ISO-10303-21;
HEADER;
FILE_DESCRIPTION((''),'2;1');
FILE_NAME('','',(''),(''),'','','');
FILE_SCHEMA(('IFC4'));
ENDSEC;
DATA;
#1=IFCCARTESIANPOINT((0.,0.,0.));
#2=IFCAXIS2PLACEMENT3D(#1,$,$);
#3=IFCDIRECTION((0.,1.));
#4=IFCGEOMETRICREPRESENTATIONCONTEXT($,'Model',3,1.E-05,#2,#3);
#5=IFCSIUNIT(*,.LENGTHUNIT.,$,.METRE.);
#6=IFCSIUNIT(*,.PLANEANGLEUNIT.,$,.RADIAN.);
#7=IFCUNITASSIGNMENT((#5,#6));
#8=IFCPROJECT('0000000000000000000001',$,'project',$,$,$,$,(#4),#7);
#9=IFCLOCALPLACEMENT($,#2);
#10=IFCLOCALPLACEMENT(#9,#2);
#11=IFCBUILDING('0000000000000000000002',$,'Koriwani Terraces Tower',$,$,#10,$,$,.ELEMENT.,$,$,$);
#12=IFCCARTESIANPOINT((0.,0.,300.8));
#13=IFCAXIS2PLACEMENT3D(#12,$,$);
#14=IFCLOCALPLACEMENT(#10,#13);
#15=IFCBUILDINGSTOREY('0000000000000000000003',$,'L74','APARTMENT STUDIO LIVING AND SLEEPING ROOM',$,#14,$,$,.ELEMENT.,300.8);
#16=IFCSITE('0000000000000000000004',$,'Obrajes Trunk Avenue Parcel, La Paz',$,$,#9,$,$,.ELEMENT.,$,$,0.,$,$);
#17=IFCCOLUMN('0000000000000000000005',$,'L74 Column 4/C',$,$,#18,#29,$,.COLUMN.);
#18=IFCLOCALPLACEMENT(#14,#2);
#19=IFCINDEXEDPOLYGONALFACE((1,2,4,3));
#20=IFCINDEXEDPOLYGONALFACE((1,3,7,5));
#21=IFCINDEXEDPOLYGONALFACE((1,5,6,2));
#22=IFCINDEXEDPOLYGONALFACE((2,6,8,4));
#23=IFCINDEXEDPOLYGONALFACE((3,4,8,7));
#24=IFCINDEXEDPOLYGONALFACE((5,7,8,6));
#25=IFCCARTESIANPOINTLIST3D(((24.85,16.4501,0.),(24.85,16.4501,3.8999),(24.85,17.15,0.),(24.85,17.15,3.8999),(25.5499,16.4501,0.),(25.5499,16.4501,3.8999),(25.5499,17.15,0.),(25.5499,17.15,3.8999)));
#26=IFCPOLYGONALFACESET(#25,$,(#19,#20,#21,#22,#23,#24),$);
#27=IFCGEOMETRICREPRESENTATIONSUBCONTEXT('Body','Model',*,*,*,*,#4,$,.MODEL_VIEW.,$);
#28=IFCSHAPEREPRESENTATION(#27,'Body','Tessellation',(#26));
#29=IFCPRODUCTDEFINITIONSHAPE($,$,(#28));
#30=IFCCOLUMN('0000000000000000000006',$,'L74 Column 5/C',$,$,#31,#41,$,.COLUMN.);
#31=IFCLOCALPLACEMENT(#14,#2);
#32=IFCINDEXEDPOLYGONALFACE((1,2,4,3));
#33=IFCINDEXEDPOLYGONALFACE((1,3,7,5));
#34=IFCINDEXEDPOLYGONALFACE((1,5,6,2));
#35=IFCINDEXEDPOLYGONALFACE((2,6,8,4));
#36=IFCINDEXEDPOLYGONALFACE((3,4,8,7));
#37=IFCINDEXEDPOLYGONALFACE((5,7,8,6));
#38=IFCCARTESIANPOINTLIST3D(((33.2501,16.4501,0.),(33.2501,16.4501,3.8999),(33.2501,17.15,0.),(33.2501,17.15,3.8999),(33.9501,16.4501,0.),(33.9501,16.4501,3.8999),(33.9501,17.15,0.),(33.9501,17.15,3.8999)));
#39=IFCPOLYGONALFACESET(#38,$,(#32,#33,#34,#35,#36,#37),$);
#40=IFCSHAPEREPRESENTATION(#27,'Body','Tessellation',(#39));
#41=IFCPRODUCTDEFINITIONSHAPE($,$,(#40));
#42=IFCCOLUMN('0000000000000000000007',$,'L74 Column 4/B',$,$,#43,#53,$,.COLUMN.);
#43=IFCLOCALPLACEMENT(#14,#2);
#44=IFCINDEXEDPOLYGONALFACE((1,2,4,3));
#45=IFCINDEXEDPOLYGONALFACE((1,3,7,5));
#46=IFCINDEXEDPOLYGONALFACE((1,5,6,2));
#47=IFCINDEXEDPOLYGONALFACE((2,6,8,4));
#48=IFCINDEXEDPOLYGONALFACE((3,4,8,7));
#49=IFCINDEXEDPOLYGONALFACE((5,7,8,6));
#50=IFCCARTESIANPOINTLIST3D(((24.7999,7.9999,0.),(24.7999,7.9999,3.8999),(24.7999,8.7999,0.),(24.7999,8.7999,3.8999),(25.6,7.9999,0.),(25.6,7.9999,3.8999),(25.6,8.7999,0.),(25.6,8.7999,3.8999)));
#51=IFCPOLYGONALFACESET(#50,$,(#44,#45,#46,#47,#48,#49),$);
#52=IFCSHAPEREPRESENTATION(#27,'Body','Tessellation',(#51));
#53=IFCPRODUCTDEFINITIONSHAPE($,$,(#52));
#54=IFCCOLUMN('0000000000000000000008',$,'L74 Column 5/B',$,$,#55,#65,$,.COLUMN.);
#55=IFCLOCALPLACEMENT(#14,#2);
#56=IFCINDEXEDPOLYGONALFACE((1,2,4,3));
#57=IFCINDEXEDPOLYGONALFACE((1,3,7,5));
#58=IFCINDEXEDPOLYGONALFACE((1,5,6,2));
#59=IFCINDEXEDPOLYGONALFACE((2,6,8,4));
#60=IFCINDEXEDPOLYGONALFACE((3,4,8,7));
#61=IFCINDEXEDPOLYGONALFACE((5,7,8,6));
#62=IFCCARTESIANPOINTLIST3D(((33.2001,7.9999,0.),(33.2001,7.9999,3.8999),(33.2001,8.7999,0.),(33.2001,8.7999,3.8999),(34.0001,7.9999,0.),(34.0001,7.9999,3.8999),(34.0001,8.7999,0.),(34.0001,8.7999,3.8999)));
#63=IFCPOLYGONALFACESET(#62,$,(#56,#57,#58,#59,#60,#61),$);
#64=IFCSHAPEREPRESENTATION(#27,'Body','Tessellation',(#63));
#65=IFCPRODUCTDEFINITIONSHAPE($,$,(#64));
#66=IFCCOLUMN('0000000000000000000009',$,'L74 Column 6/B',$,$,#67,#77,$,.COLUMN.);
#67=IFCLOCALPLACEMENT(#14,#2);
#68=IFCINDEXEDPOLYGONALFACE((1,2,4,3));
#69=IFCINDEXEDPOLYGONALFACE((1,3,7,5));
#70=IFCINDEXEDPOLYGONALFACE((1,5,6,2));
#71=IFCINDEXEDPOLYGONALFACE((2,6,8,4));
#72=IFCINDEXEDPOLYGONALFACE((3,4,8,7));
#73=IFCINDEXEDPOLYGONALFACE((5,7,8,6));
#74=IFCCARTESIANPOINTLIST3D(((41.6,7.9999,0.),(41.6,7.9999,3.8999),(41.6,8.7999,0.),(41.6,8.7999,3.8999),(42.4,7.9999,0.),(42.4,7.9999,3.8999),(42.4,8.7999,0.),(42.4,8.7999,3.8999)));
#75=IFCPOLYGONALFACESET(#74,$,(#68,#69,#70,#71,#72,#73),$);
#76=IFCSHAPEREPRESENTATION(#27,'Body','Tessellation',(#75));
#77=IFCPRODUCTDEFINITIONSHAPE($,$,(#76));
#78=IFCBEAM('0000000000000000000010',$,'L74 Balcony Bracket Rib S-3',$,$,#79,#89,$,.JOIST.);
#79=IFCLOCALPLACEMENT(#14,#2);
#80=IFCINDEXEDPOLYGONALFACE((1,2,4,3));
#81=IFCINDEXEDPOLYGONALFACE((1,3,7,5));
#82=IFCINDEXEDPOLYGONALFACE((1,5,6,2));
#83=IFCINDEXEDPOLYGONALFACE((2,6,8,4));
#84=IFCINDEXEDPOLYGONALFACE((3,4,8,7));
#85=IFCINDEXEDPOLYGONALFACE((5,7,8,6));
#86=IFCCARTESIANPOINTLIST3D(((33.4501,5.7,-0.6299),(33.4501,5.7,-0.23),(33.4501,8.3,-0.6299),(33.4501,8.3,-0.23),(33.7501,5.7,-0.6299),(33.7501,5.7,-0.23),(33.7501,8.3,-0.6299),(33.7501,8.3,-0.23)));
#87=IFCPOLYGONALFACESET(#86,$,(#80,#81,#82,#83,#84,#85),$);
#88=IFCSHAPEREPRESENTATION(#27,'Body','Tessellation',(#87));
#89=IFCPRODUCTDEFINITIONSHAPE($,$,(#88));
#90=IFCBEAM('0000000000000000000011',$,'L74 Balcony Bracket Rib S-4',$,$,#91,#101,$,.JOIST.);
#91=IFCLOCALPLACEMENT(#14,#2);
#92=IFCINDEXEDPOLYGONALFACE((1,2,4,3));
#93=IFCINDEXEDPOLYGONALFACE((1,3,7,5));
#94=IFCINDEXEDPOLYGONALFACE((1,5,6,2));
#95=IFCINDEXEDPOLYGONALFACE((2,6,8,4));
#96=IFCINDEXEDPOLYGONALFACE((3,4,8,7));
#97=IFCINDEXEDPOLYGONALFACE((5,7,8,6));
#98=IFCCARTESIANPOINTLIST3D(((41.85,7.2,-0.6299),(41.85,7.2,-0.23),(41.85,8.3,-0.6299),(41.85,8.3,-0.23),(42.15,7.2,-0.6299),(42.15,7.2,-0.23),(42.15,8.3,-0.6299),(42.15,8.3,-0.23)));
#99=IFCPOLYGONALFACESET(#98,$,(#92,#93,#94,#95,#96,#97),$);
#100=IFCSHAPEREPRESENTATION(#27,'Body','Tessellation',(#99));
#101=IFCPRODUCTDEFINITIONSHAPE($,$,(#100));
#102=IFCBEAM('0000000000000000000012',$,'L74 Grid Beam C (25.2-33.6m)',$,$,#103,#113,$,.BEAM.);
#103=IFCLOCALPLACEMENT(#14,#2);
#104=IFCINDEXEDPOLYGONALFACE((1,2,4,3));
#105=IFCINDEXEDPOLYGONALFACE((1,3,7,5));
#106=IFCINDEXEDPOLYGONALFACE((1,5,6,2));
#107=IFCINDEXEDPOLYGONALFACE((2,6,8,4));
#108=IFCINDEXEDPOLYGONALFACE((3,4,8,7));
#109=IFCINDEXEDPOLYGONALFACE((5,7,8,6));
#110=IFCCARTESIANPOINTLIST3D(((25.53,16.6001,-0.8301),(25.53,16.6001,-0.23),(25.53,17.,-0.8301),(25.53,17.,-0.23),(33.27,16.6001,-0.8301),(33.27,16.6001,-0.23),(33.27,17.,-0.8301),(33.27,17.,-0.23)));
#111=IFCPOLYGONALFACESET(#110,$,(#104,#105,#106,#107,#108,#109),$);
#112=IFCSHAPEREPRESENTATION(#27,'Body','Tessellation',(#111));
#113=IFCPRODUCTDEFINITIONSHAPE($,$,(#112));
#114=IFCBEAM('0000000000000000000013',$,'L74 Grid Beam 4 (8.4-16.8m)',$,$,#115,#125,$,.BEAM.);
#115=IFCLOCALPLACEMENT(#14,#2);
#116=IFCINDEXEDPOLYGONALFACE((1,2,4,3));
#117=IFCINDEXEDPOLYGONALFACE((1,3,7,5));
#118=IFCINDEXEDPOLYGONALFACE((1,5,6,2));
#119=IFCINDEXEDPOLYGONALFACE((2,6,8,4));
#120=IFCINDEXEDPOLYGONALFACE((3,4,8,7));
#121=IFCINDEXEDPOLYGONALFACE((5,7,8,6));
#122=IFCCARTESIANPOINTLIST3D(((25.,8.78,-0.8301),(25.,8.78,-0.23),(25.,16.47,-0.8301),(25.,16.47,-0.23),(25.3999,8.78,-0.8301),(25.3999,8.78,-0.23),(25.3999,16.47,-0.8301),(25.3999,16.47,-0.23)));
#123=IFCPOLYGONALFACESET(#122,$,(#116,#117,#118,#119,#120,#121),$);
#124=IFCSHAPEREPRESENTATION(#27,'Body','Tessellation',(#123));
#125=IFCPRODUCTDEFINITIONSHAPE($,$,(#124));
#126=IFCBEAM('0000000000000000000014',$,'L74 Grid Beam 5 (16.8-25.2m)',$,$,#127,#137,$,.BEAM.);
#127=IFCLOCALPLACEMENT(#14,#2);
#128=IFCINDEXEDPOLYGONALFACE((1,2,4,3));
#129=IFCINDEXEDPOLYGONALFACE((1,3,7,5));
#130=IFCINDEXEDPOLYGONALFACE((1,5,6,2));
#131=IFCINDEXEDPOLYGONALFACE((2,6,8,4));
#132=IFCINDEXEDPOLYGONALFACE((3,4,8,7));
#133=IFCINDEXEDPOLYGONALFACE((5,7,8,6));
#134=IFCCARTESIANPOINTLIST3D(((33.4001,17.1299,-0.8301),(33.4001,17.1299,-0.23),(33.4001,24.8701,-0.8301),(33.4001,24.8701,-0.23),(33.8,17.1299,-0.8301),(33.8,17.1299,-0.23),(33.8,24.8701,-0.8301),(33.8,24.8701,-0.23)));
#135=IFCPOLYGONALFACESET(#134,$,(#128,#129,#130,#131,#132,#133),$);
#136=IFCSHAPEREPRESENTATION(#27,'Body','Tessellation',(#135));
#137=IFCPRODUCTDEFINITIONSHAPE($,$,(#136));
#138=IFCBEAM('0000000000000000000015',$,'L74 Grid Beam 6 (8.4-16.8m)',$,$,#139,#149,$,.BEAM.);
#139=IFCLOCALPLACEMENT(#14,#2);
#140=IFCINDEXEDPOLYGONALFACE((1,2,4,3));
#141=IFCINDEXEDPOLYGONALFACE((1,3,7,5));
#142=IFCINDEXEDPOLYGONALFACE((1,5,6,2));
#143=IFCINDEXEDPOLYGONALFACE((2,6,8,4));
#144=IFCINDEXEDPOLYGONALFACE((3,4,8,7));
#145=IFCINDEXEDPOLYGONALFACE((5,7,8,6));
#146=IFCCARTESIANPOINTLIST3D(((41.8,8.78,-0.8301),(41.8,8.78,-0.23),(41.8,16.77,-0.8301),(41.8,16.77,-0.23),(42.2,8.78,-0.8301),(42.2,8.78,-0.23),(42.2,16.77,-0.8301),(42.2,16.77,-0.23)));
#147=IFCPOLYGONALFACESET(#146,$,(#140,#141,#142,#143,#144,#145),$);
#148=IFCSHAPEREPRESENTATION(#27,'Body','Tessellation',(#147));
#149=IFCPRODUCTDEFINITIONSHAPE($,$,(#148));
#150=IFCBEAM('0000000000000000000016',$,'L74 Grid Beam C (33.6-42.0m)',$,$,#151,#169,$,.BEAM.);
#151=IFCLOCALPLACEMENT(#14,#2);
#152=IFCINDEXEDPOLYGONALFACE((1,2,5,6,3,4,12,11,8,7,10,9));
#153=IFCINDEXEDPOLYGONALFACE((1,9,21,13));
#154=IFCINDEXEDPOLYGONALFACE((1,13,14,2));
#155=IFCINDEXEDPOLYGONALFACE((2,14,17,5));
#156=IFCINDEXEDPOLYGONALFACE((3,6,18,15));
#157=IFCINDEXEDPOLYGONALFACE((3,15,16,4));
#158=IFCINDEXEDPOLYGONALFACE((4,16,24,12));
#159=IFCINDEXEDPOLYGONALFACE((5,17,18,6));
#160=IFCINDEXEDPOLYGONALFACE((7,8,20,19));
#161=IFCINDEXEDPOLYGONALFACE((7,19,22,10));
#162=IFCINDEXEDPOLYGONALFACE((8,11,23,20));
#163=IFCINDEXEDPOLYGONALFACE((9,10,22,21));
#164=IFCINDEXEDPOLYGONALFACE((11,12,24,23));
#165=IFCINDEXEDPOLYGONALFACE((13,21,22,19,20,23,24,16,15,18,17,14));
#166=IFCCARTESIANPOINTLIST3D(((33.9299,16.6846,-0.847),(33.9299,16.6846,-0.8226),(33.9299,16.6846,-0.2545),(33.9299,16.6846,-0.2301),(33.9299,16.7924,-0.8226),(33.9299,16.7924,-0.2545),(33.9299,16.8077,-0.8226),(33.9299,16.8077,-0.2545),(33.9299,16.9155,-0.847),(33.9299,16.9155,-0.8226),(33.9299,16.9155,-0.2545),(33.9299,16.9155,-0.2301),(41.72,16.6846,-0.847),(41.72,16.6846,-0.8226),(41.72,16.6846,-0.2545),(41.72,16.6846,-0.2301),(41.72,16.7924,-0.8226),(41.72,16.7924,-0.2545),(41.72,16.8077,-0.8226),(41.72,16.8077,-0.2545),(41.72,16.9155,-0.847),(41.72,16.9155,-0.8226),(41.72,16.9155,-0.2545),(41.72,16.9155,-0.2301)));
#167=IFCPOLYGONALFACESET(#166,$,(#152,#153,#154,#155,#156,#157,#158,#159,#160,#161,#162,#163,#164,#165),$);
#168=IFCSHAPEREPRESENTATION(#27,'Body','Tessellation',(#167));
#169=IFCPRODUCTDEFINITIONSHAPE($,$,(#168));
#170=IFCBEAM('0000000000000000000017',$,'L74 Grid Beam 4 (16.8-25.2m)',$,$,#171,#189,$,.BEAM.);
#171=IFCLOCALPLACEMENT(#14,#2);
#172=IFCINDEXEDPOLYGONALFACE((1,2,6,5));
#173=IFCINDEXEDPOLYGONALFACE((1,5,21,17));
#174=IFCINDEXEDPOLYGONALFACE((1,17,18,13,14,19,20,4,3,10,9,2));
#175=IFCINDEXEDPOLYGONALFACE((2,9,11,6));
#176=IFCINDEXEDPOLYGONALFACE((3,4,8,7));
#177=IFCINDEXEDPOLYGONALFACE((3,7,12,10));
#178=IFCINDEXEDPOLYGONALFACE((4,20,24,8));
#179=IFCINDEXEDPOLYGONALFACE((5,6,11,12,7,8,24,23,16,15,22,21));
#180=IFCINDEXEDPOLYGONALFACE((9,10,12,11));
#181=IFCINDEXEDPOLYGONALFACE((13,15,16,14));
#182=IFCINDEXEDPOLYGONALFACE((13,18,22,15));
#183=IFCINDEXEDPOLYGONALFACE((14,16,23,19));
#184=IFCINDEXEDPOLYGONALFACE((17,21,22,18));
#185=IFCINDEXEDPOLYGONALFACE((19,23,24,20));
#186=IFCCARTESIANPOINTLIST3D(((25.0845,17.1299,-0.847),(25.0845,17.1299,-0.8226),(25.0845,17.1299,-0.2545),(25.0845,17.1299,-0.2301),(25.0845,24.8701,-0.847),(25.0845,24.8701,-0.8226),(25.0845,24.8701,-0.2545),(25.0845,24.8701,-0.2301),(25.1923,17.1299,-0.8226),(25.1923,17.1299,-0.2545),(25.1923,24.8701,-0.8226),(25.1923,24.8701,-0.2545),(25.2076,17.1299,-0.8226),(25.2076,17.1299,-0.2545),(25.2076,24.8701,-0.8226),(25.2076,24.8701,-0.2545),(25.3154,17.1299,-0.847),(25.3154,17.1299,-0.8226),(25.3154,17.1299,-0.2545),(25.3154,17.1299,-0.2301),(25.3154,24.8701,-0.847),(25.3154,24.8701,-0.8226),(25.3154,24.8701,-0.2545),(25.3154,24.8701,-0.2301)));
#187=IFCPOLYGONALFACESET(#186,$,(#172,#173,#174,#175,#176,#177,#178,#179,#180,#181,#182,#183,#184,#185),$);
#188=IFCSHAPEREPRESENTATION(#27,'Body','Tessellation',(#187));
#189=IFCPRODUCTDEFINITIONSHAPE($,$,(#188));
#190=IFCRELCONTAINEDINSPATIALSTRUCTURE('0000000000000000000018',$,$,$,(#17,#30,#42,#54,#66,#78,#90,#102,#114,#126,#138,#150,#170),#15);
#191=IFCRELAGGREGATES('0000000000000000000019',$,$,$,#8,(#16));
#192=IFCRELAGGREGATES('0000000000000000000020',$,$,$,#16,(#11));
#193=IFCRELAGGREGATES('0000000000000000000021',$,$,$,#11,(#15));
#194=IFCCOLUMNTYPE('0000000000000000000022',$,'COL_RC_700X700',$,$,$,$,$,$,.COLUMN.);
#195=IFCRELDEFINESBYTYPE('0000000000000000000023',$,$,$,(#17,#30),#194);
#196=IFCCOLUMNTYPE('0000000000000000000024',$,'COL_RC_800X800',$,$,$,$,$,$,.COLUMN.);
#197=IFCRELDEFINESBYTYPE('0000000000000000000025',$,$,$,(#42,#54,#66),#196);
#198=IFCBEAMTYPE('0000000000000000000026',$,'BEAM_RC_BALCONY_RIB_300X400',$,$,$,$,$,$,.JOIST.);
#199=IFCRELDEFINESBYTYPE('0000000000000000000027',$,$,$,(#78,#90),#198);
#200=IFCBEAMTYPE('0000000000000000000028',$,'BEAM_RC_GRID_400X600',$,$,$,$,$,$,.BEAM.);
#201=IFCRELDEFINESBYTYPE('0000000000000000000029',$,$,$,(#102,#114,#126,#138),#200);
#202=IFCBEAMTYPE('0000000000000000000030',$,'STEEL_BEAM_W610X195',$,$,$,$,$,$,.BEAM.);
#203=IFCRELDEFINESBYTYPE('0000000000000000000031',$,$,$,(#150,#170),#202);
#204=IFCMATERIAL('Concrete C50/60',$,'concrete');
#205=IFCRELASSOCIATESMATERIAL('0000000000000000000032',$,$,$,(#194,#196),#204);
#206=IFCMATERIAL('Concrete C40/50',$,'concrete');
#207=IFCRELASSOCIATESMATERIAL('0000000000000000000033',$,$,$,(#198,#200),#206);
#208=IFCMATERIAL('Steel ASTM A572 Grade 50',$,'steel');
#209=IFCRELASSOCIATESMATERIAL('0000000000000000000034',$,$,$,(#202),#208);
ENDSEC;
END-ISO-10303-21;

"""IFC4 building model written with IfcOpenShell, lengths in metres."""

from ifc_helpers import new_model, si_unit, direction, frame, origin, origin_2d, place, context, subcontext, project, spatial, rectangle, i_section, extrude, material, material_profile, profile_set, type_object, element, save


model = new_model("IFC4")

# Units and contexts
model_context = context("Model", 3, precision=1e-05, world=origin(), true_north=direction((0.0, 1.0)))
body_context = subcontext(model_context, "Body", "Model", "MODEL_VIEW")
ifc_project = project(units=[si_unit("LENGTHUNIT", "METRE"), si_unit("PLANEANGLEUNIT", "RADIAN")], contexts=[model_context])

# Site, building, storey
site_placement = place(None, origin())
site = spatial("IfcSite", under=ifc_project, at=site_placement, Name="Obrajes Trunk Avenue Parcel, La Paz", CompositionType="ELEMENT", RefElevation=0.0)
building_placement = place(site_placement, origin())
building = spatial("IfcBuilding", under=site, at=building_placement, Name="Koriwani Terraces Tower", CompositionType="ELEMENT")
storey_placement = place(building_placement, frame((0.0, 0.0, 300.8)))
storey = spatial("IfcBuildingStorey", under=building, at=storey_placement, Name="L74", Description="APARTMENT STUDIO LIVING AND SLEEPING ROOM", CompositionType="ELEMENT", Elevation=300.8)

# Columns
ifc_material_1 = material(Name="Concrete C50/60", Category="concrete")
ifc_material_profile_1 = material_profile(ifc_material_1, rectangle(XDim=0.7, YDim=0.7, at=origin_2d()), Name="Concrete C50/60", Category="LoadBearing")
ifc_profile_set_1 = profile_set([ifc_material_profile_1], Name="Concrete C50/60")
column_type_1 = type_object("IfcColumnType", Name="COL_RC_700X700", PredefinedType="COLUMN", material=ifc_profile_set_1)
for number, where, z_axis, x_axis, name in (
    (1, (25.2, 16.8, 0.0), (0.0, 0.0, 1.0), (1.0, 0.0, 0.0), "L74 Column 4/C"),
    (2, (33.6001, 16.8, 0.0), (0.0, 0.0, 1.0), (1.0, 0.0, 0.0), "L74 Column 5/C"),
):
    element("IfcColumn", number, at=place(storey_placement, frame(where, z_axis=z_axis, x_axis=x_axis)), inside=storey, type_object=column_type_1, Name=name, PredefinedType="COLUMN", context=body_context, shape_type="SweptSolid", body=[
        extrude(rectangle(XDim=0.7, YDim=0.7, at=origin_2d()), origin(), (0.0, 0.0, 1.0), 3.8999),
    ])
ifc_material_profile_2 = material_profile(ifc_material_1, rectangle(XDim=0.8, YDim=0.8, at=origin_2d()), Name="Concrete C50/60", Category="LoadBearing")
ifc_profile_set_2 = profile_set([ifc_material_profile_2], Name="Concrete C50/60")
column_type_2 = type_object("IfcColumnType", Name="COL_RC_800X800", PredefinedType="COLUMN", material=ifc_profile_set_2)
for number, where, z_axis, x_axis, name in (
    (3, (25.2, 8.3999, 0.0), (0.0, 0.0, 1.0), (1.0, 0.0, 0.0), "L74 Column 4/B"),
    (4, (33.6001, 8.3999, 0.0), (0.0, 0.0, 1.0), (1.0, 0.0, 0.0), "L74 Column 5/B"),
    (5, (42.0, 8.3999, 0.0), (0.0, 0.0, 1.0), (1.0, 0.0, 0.0), "L74 Column 6/B"),
):
    element("IfcColumn", number, at=place(storey_placement, frame(where, z_axis=z_axis, x_axis=x_axis)), inside=storey, type_object=column_type_2, Name=name, PredefinedType="COLUMN", context=body_context, shape_type="SweptSolid", body=[
        extrude(rectangle(XDim=0.8, YDim=0.8, at=origin_2d()), origin(), (0.0, 0.0, 1.0), 3.8999),
    ])

# Beams
ifc_material_2 = material(Name="Concrete C40/50", Category="concrete")
ifc_material_profile_3 = material_profile(ifc_material_2, rectangle(XDim=0.3, YDim=0.3999, at=origin_2d()), Name="Concrete C40/50", Category="LoadBearing")
ifc_profile_set_3 = profile_set([ifc_material_profile_3], Name="Concrete C40/50")
beam_type_1 = type_object("IfcBeamType", Name="BEAM_RC_BALCONY_RIB_300X400", PredefinedType="JOIST", material=ifc_profile_set_3)
beam_1_placement = place(storey_placement, frame((33.6001, 5.7, -0.4299), z_axis=(0.0, 1.0, 0.0), x_axis=(-1.0, 0.0, 0.0)))
element("IfcBeam", 6, at=beam_1_placement, inside=storey, type_object=beam_type_1, Name="L74 Balcony Bracket Rib S-3", PredefinedType="JOIST", context=body_context, shape_type="SweptSolid", body=[
    extrude(rectangle(XDim=0.3, YDim=0.3999, at=origin_2d()), origin(), (0.0, 0.0, 1.0), 2.6001),
])
beam_2_placement = place(storey_placement, frame((42.0, 7.2, -0.4299), z_axis=(0.0, 1.0, 0.0), x_axis=(-1.0, 0.0, 0.0)))
element("IfcBeam", 7, at=beam_2_placement, inside=storey, type_object=beam_type_1, Name="L74 Balcony Bracket Rib S-4", PredefinedType="JOIST", context=body_context, shape_type="SweptSolid", body=[
    extrude(rectangle(XDim=0.3, YDim=0.3999, at=origin_2d()), origin(), (0.0, 0.0, 1.0), 1.1001),
])
ifc_material_profile_4 = material_profile(ifc_material_2, rectangle(XDim=0.3999, YDim=0.6001, at=origin_2d()), Name="Concrete C40/50", Category="LoadBearing")
ifc_profile_set_4 = profile_set([ifc_material_profile_4], Name="Concrete C40/50")
beam_type_2 = type_object("IfcBeamType", Name="BEAM_RC_GRID_400X600", PredefinedType="BEAM", material=ifc_profile_set_4)
beam_3_placement = place(storey_placement, frame((25.53, 16.8, -0.53), z_axis=(1.0, 0.0, 0.0), x_axis=(0.0, 1.0, 0.0)))
element("IfcBeam", 8, at=beam_3_placement, inside=storey, type_object=beam_type_2, Name="L74 Grid Beam C (25.2-33.6m)", PredefinedType="BEAM", context=body_context, shape_type="SweptSolid", body=[
    extrude(rectangle(XDim=0.3999, YDim=0.6001, at=origin_2d()), origin(), (0.0, 0.0, 1.0), 7.74),
])
beam_4_placement = place(storey_placement, frame((25.2, 8.78, -0.53), z_axis=(0.0, 1.0, 0.0), x_axis=(-1.0, 0.0, 0.0)))
element("IfcBeam", 9, at=beam_4_placement, inside=storey, type_object=beam_type_2, Name="L74 Grid Beam 4 (8.4-16.8m)", PredefinedType="BEAM", context=body_context, shape_type="SweptSolid", body=[
    extrude(rectangle(XDim=0.3999, YDim=0.6001, at=origin_2d()), origin(), (0.0, 0.0, 1.0), 7.6899),
])
beam_5_placement = place(storey_placement, frame((33.6001, 17.1299, -0.53), z_axis=(0.0, 1.0, 0.0), x_axis=(-1.0, 0.0, 0.0)))
element("IfcBeam", 10, at=beam_5_placement, inside=storey, type_object=beam_type_2, Name="L74 Grid Beam 5 (16.8-25.2m)", PredefinedType="BEAM", context=body_context, shape_type="SweptSolid", body=[
    extrude(rectangle(XDim=0.3999, YDim=0.6001, at=origin_2d()), origin(), (0.0, 0.0, 1.0), 7.7402),
])
beam_6_placement = place(storey_placement, frame((42.0, 8.78, -0.53), z_axis=(0.0, 1.0, 0.0), x_axis=(-1.0, 0.0, 0.0)))
element("IfcBeam", 11, at=beam_6_placement, inside=storey, type_object=beam_type_2, Name="L74 Grid Beam 6 (8.4-16.8m)", PredefinedType="BEAM", context=body_context, shape_type="SweptSolid", body=[
    extrude(rectangle(XDim=0.3999, YDim=0.6001, at=origin_2d()), origin(), (0.0, 0.0, 1.0), 7.99),
])
ifc_material_3 = material(Name="Steel ASTM A572 Grade 50", Category="steel")
ifc_material_profile_5 = material_profile(ifc_material_3, i_section(OverallWidth=0.231, OverallDepth=0.6169, WebThickness=0.0154, FlangeThickness=0.0244, at=origin_2d()), Name="Steel ASTM A572 Grade 50", Category="LoadBearing")
ifc_profile_set_5 = profile_set([ifc_material_profile_5], Name="Steel ASTM A572 Grade 50")
beam_type_3 = type_object("IfcBeamType", Name="STEEL_BEAM_W610X195", PredefinedType="BEAM", material=ifc_profile_set_5)
beam_7_placement = place(storey_placement, frame((33.9299, 16.8, -0.5386), z_axis=(1.0, 0.0, 0.0), x_axis=(0.0, 1.0, 0.0)))
element("IfcBeam", 12, at=beam_7_placement, inside=storey, type_object=beam_type_3, Name="L74 Grid Beam C (33.6-42.0m)", PredefinedType="BEAM", context=body_context, shape_type="SweptSolid", body=[
    extrude(i_section(OverallWidth=0.231, OverallDepth=0.6169, WebThickness=0.0154, FlangeThickness=0.0244, at=origin_2d()), origin(), (0.0, 0.0, 1.0), 7.79),
])
beam_8_placement = place(storey_placement, frame((25.2, 17.1299, -0.5386), z_axis=(0.0, 1.0, 0.0), x_axis=(-1.0, 0.0, 0.0)))
element("IfcBeam", 13, at=beam_8_placement, inside=storey, type_object=beam_type_3, Name="L74 Grid Beam 4 (16.8-25.2m)", PredefinedType="BEAM", context=body_context, shape_type="SweptSolid", body=[
    extrude(i_section(OverallWidth=0.231, OverallDepth=0.6169, WebThickness=0.0154, FlangeThickness=0.0244, at=origin_2d()), origin(), (0.0, 0.0, 1.0), 7.7402),
])

save(model, "model.ifc")
